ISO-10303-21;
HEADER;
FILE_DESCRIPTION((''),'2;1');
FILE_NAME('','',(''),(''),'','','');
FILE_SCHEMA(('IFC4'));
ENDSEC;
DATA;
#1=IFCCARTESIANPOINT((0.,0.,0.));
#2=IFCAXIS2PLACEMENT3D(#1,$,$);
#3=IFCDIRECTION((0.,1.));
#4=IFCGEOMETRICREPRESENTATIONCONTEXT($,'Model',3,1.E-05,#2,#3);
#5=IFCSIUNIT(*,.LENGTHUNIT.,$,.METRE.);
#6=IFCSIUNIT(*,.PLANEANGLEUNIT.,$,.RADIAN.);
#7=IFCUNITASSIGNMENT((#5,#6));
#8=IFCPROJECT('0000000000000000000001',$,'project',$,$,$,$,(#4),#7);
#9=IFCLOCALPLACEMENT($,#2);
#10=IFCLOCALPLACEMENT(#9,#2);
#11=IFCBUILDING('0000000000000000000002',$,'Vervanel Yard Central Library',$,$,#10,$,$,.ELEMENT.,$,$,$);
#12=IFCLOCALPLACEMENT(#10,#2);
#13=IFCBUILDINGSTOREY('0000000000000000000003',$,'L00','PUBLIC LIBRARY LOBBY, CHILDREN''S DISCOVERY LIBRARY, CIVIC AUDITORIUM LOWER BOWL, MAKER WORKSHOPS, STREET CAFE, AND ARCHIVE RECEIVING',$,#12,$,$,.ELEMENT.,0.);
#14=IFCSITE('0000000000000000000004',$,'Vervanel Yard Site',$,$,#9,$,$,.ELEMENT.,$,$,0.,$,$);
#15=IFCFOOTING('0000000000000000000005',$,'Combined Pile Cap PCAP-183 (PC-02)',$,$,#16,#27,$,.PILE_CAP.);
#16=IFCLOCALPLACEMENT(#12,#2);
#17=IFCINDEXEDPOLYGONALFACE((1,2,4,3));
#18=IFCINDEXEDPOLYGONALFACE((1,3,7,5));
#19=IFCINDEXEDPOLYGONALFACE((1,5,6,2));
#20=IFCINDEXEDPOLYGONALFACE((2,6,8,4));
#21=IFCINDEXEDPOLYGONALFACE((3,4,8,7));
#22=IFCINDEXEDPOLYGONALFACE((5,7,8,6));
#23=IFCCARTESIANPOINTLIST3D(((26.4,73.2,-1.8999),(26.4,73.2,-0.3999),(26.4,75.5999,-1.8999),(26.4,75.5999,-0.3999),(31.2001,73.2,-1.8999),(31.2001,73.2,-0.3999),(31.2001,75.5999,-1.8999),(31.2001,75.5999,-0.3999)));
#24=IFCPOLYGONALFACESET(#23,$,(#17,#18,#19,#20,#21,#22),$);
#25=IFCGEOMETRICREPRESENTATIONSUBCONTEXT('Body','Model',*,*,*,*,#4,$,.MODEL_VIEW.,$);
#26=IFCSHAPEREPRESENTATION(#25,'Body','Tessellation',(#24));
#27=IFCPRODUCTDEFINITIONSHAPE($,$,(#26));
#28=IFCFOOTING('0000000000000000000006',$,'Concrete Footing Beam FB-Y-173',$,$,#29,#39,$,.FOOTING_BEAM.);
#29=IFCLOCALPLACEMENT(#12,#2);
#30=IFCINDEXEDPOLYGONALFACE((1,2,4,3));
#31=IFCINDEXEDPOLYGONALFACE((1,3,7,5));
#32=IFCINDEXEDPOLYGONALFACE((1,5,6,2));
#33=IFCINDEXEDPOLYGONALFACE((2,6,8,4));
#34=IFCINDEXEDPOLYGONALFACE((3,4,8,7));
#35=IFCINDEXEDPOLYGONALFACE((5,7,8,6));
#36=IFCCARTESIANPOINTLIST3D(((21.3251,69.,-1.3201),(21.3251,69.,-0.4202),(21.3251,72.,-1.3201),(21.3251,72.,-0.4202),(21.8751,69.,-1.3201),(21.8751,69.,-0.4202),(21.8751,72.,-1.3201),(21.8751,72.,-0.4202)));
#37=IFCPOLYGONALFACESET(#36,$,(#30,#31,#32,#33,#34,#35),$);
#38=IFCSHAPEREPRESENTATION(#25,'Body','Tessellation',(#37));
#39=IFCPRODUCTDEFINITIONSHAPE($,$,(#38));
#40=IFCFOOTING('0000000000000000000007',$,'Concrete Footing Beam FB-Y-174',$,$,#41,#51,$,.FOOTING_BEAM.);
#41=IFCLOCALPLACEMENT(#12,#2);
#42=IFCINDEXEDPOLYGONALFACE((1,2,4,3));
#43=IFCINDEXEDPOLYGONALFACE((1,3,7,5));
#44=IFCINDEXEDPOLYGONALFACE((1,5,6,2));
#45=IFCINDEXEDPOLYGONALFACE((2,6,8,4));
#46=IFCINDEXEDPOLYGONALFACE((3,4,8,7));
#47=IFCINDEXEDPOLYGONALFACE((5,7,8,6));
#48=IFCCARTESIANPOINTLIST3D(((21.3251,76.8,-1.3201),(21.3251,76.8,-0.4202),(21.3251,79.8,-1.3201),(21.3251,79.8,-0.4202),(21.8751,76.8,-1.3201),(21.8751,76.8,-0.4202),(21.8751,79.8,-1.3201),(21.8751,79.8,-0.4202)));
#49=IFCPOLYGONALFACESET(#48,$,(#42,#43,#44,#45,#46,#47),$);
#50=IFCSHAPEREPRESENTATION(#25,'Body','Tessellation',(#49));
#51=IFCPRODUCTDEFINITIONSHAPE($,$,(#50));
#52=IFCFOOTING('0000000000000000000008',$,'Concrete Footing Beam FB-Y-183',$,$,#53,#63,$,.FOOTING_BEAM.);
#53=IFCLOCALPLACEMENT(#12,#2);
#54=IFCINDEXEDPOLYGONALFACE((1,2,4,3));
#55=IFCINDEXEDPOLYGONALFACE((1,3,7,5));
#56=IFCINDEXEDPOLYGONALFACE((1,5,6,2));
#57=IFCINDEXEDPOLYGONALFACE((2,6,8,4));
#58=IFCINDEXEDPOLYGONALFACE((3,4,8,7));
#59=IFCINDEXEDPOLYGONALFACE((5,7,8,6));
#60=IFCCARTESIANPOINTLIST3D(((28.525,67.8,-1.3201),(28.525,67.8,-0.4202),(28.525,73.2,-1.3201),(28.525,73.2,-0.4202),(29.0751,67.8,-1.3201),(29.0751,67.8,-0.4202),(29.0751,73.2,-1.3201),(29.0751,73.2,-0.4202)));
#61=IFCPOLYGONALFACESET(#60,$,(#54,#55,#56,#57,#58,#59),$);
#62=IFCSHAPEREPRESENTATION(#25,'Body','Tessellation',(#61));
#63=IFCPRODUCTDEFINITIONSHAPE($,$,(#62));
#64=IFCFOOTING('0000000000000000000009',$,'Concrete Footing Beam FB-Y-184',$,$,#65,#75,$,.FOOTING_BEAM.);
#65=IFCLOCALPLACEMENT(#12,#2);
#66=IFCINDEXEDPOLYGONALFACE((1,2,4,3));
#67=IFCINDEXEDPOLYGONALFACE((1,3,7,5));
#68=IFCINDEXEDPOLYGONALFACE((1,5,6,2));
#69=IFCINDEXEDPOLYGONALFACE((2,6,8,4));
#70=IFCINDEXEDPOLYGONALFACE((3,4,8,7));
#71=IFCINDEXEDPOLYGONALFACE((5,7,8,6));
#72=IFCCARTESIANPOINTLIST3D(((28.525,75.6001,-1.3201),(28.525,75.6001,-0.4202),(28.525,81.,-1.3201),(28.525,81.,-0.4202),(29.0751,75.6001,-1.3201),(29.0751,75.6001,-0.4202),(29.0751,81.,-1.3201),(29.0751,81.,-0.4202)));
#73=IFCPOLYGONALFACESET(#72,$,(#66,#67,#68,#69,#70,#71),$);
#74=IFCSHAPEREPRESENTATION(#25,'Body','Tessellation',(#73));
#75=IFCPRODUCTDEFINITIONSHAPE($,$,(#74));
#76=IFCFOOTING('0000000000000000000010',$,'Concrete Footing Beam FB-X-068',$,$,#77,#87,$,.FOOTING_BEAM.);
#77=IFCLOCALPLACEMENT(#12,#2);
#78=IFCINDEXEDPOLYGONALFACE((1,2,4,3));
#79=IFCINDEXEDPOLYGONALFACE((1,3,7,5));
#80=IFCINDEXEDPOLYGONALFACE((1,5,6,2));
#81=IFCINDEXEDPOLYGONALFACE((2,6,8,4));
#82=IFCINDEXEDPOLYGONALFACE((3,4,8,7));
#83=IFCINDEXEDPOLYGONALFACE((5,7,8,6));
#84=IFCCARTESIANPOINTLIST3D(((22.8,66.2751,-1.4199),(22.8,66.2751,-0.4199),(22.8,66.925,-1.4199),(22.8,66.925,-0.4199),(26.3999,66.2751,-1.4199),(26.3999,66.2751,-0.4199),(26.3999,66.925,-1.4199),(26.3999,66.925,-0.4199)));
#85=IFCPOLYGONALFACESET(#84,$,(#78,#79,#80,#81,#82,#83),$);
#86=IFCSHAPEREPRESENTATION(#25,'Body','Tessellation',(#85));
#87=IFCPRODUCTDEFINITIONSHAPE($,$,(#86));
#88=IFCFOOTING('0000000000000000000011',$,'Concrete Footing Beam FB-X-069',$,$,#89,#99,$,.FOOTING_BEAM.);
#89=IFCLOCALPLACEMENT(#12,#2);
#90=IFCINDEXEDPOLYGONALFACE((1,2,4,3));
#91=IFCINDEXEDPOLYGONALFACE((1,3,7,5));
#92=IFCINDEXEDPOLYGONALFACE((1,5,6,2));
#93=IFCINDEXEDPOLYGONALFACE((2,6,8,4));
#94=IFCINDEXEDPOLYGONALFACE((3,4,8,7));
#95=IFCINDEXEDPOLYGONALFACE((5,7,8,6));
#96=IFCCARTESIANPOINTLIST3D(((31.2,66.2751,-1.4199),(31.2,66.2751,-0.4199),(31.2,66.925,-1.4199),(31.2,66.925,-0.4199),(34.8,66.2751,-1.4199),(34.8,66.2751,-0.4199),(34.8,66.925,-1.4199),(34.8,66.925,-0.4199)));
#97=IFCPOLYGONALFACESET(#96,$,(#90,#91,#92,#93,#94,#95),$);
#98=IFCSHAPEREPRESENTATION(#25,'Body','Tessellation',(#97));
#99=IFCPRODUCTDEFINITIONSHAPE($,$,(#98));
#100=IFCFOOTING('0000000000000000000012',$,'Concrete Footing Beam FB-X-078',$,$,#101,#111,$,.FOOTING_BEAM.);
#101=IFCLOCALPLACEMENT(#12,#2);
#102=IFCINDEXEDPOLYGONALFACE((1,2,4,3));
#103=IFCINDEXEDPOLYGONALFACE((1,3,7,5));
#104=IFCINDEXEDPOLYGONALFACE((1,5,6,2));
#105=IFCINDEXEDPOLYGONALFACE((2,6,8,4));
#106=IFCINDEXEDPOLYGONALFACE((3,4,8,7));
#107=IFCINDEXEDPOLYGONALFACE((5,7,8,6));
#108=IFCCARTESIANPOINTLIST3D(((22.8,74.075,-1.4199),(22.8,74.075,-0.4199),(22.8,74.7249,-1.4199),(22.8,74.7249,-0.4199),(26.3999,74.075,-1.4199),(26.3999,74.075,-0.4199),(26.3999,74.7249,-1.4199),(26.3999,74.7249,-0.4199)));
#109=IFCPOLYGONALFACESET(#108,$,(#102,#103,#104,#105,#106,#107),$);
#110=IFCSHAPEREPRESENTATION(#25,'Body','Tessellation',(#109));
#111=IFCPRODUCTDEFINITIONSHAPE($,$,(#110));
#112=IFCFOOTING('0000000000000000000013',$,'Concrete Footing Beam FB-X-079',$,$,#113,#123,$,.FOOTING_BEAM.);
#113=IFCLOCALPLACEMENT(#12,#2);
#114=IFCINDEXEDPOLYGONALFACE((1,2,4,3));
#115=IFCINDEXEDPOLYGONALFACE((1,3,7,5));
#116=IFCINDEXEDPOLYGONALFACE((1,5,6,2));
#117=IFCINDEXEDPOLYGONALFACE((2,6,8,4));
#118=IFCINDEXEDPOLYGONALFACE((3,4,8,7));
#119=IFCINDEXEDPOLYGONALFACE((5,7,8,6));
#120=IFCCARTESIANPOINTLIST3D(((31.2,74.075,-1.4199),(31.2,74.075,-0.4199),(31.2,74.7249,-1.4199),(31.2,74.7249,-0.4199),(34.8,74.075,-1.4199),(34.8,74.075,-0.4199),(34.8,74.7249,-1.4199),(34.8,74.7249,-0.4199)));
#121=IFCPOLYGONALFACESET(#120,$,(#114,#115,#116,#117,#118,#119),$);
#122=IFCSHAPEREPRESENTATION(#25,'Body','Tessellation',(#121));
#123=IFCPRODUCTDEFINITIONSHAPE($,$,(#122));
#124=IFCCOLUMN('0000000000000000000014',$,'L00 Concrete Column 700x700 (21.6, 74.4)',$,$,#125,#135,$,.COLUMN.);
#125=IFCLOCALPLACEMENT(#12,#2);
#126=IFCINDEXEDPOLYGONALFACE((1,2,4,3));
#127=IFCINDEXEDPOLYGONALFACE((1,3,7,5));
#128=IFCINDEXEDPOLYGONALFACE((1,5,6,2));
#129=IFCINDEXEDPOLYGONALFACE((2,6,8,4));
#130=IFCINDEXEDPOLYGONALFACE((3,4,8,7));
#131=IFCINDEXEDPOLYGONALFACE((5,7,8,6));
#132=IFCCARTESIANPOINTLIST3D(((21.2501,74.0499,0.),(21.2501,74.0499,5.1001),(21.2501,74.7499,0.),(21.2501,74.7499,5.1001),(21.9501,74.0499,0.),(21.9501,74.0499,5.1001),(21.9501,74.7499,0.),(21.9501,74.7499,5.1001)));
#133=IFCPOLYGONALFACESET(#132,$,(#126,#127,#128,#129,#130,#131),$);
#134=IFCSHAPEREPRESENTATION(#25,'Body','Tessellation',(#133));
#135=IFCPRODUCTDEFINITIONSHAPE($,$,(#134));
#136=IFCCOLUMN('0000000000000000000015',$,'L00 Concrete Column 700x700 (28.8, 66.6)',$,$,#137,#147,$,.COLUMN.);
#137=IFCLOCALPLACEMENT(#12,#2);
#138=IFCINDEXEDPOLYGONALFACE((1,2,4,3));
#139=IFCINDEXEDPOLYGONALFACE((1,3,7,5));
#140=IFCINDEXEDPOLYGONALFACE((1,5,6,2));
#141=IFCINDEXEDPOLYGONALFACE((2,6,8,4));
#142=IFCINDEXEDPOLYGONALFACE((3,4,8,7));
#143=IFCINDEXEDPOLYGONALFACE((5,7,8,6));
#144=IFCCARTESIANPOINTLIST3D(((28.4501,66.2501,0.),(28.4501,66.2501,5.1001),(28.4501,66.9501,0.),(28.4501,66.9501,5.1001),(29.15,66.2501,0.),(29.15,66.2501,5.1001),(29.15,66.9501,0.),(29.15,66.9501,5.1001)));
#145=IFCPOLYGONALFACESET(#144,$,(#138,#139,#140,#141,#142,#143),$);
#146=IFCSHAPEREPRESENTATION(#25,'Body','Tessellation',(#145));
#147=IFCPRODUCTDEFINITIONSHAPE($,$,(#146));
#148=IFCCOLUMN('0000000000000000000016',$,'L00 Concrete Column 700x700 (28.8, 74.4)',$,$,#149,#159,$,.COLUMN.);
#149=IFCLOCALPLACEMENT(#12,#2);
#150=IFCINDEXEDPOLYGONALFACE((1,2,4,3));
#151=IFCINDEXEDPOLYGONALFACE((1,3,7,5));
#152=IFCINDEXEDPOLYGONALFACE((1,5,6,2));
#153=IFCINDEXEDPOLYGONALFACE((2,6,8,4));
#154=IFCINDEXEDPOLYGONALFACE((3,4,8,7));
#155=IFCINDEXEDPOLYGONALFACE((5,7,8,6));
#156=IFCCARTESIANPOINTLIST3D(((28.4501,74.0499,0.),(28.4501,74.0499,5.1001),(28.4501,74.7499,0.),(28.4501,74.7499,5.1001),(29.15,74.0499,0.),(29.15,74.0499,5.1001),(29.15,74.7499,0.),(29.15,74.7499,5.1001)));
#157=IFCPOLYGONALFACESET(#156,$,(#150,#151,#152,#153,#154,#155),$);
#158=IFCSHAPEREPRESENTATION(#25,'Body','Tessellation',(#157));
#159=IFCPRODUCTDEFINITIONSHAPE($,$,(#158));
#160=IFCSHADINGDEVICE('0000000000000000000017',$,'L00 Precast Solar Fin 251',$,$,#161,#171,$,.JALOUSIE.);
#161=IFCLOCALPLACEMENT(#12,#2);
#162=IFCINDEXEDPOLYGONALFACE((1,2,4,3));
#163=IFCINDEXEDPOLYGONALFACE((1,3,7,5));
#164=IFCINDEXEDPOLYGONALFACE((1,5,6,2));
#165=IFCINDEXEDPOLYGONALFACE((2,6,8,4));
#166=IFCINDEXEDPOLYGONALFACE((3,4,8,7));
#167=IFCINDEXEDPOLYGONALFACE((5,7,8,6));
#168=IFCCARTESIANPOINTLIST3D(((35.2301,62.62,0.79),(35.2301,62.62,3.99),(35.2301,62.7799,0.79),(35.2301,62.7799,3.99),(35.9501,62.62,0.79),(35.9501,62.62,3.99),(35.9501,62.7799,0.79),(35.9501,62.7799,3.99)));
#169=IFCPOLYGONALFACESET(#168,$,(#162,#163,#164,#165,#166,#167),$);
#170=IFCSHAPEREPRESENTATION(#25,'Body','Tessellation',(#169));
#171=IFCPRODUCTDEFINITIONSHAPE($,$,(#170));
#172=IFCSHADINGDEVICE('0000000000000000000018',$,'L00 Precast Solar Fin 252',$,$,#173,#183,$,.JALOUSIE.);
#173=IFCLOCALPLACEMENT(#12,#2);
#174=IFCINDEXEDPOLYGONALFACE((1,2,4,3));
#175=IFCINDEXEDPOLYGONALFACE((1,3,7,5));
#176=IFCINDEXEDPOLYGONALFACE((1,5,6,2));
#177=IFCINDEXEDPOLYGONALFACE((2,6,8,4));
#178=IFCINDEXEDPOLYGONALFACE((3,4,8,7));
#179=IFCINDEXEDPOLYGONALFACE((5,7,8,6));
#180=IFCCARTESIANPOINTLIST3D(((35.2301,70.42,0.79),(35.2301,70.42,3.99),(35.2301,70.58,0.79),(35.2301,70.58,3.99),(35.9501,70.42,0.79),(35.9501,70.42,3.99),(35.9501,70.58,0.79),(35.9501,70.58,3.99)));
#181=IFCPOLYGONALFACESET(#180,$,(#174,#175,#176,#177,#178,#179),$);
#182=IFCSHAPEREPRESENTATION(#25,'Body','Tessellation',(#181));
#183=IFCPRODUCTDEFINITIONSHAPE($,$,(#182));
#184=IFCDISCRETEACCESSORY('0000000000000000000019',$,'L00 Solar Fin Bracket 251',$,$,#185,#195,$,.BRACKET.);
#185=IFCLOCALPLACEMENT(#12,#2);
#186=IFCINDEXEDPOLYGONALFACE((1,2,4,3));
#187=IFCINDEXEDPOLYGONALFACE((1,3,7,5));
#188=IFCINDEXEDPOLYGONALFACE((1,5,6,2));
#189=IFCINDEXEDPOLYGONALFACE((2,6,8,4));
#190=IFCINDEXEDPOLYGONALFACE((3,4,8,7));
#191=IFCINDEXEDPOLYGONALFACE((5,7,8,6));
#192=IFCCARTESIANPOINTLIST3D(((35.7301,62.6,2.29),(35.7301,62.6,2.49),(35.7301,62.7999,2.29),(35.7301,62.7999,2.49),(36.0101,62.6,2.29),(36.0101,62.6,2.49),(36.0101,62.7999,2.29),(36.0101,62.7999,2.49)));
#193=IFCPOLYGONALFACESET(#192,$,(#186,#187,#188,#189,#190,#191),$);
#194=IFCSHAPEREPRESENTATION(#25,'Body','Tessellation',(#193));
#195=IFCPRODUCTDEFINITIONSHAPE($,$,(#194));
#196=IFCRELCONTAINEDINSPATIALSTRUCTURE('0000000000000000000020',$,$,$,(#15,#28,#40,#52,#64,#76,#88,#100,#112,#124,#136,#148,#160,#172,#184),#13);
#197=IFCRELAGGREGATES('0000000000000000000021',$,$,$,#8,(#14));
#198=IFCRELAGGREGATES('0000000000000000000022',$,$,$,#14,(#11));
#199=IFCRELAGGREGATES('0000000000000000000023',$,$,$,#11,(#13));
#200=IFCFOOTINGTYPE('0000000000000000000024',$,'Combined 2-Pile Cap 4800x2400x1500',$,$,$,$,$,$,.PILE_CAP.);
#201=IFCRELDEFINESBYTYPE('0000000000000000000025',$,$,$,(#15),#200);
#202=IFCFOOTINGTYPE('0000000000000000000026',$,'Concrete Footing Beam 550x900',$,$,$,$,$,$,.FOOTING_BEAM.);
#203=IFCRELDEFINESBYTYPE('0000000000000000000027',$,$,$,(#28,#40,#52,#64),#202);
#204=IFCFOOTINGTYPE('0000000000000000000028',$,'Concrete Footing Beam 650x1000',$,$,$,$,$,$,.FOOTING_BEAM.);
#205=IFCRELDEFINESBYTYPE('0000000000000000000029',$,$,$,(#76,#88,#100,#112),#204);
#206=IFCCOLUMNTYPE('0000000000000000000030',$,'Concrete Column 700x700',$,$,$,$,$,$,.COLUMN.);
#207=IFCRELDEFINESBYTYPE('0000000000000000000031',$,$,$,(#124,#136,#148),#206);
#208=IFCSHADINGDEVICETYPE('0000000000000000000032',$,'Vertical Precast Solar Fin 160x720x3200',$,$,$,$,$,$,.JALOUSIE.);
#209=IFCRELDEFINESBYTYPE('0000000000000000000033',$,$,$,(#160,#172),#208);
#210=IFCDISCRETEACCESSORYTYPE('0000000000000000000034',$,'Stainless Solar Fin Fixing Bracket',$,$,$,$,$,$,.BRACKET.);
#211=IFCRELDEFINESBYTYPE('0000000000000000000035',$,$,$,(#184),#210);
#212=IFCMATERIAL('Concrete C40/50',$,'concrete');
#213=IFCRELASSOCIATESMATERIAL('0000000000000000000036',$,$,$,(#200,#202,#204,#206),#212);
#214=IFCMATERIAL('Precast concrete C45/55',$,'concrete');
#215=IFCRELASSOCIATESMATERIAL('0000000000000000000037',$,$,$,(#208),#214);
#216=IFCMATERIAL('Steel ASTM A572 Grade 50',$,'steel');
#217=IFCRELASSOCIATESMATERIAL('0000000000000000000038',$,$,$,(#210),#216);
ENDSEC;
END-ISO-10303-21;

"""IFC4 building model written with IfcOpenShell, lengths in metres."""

from ifc_helpers import new_model, si_unit, direction, frame, origin, origin_2d, place, context, subcontext, project, spatial, rectangle, extrude, material, material_profile, profile_set, type_object, element, save


model = new_model("IFC4")

# Units and contexts
model_context = context("Model", 3, precision=1e-05, world=origin(), true_north=direction((0.0, 1.0)))
body_context = subcontext(model_context, "Body", "Model", "MODEL_VIEW")
ifc_project = project(units=[si_unit("LENGTHUNIT", "METRE"), si_unit("PLANEANGLEUNIT", "RADIAN")], contexts=[model_context])

# Site, building, storey
site_placement = place(None, origin())
site = spatial("IfcSite", under=ifc_project, at=site_placement, Name="Vervanel Yard Site", CompositionType="ELEMENT", RefElevation=0.0)
building_placement = place(site_placement, origin())
building = spatial("IfcBuilding", under=site, at=building_placement, Name="Vervanel Yard Central Library", CompositionType="ELEMENT")
storey_placement = place(building_placement, origin())
storey = spatial("IfcBuildingStorey", under=building, at=storey_placement, Name="L00", Description="PUBLIC LIBRARY LOBBY, CHILDREN'S DISCOVERY LIBRARY, CIVIC AUDITORIUM LOWER BOWL, MAKER WORKSHOPS, STREET CAFE, AND ARCHIVE RECEIVING", CompositionType="ELEMENT", Elevation=0.0)

# Shared definitions
ifc_material_1 = material(Name="Concrete C40/50", Category="concrete")

# Footings
footing_type_1 = type_object("IfcFootingType", Name="Combined 2-Pile Cap 4800x2400x1500", PredefinedType="PILE_CAP", material=ifc_material_1)
for number, where, z_axis, x_axis, name in (
    (1, (28.8, 74.3999, -1.8999), (0.0, 0.0, 1.0), (1.0, 0.0, 0.0), "Combined Pile Cap PCAP-183 (PC-02)"),
):
    element("IfcFooting", number, at=place(storey_placement, frame(where, z_axis=z_axis, x_axis=x_axis)), inside=storey, type_object=footing_type_1, Name=name, PredefinedType="PILE_CAP", context=body_context, shape_type="SweptSolid", body=[
        extrude(rectangle(XDim=4.8, YDim=2.3999, at=origin_2d()), origin(), (0.0, 0.0, 1.0), 1.5),
    ])
ifc_material_profile_1 = material_profile(ifc_material_1, rectangle(XDim=0.55, YDim=0.8999, at=origin_2d()), Name="RC 550x900", Category="concrete")
ifc_profile_set_1 = profile_set([ifc_material_profile_1], Name="Concrete C40/50")
footing_type_2 = type_object("IfcFootingType", Name="Concrete Footing Beam 550x900", PredefinedType="FOOTING_BEAM", material=ifc_profile_set_1)
for number, where, z_axis, x_axis, name in (
    (2, (21.6001, 69.0, -0.8701), (0.0, 1.0, 0.0), (-1.0, 0.0, 0.0), "Concrete Footing Beam FB-Y-173"),
    (3, (21.6001, 76.8, -0.8701), (0.0, 1.0, 0.0), (-1.0, 0.0, 0.0), "Concrete Footing Beam FB-Y-174"),
):
    element("IfcFooting", number, at=place(storey_placement, frame(where, z_axis=z_axis, x_axis=x_axis)), inside=storey, type_object=footing_type_2, Name=name, PredefinedType="FOOTING_BEAM", context=body_context, shape_type="SweptSolid", body=[
        extrude(rectangle(XDim=0.55, YDim=0.8999, at=origin_2d()), origin(), (0.0, 0.0, 1.0), 3.0),
    ])
for number, where, z_axis, x_axis, name in (
    (4, (28.8, 67.8, -0.8701), (0.0, 1.0, 0.0), (-1.0, 0.0, 0.0), "Concrete Footing Beam FB-Y-183"),
    (5, (28.8, 75.6001, -0.8701), (0.0, 1.0, 0.0), (-1.0, 0.0, 0.0), "Concrete Footing Beam FB-Y-184"),
):
    element("IfcFooting", number, at=place(storey_placement, frame(where, z_axis=z_axis, x_axis=x_axis)), inside=storey, type_object=footing_type_2, Name=name, PredefinedType="FOOTING_BEAM", context=body_context, shape_type="SweptSolid", body=[
        extrude(rectangle(XDim=0.55, YDim=0.8999, at=origin_2d()), origin(), (0.0, 0.0, 1.0), 5.3999),
    ])
ifc_material_profile_2 = material_profile(ifc_material_1, rectangle(XDim=0.6499, YDim=1.0, at=origin_2d()), Name="RC 650x1000", Category="concrete")
ifc_profile_set_2 = profile_set([ifc_material_profile_2], Name="Concrete C40/50")
footing_type_3 = type_object("IfcFootingType", Name="Concrete Footing Beam 650x1000", PredefinedType="FOOTING_BEAM", material=ifc_profile_set_2)
footing_1_placement = place(storey_placement, frame((22.8, 66.6001, -0.9199), z_axis=(1.0, 0.0, 0.0), x_axis=(0.0, 1.0, 0.0)))
element("IfcFooting", 6, at=footing_1_placement, inside=storey, type_object=footing_type_3, Name="Concrete Footing Beam FB-X-068", PredefinedType="FOOTING_BEAM", context=body_context, shape_type="SweptSolid", body=[
    extrude(rectangle(XDim=0.6499, YDim=1.0, at=origin_2d()), origin(), (0.0, 0.0, 1.0), 3.5999),
])
footing_2_placement = place(storey_placement, frame((31.2, 66.6001, -0.9199), z_axis=(1.0, 0.0, 0.0), x_axis=(0.0, 1.0, 0.0)))
element("IfcFooting", 7, at=footing_2_placement, inside=storey, type_object=footing_type_3, Name="Concrete Footing Beam FB-X-069", PredefinedType="FOOTING_BEAM", context=body_context, shape_type="SweptSolid", body=[
    extrude(rectangle(XDim=0.6499, YDim=1.0, at=origin_2d()), origin(), (0.0, 0.0, 1.0), 3.6001),
])
footing_3_placement = place(storey_placement, frame((22.8, 74.3999, -0.9199), z_axis=(1.0, 0.0, 0.0), x_axis=(0.0, 1.0, 0.0)))
element("IfcFooting", 8, at=footing_3_placement, inside=storey, type_object=footing_type_3, Name="Concrete Footing Beam FB-X-078", PredefinedType="FOOTING_BEAM", context=body_context, shape_type="SweptSolid", body=[
    extrude(rectangle(XDim=0.6499, YDim=1.0, at=origin_2d()), origin(), (0.0, 0.0, 1.0), 3.5999),
])
footing_4_placement = place(storey_placement, frame((31.2, 74.3999, -0.9199), z_axis=(1.0, 0.0, 0.0), x_axis=(0.0, 1.0, 0.0)))
element("IfcFooting", 9, at=footing_4_placement, inside=storey, type_object=footing_type_3, Name="Concrete Footing Beam FB-X-079", PredefinedType="FOOTING_BEAM", context=body_context, shape_type="SweptSolid", body=[
    extrude(rectangle(XDim=0.6499, YDim=1.0, at=origin_2d()), origin(), (0.0, 0.0, 1.0), 3.6001),
])

# Columns
ifc_material_profile_3 = material_profile(ifc_material_1, rectangle(XDim=0.7, YDim=0.7, at=origin_2d()), Name="RC 700x700", Category="concrete")
ifc_profile_set_3 = profile_set([ifc_material_profile_3], Name="Concrete C40/50")
column_type = type_object("IfcColumnType", Name="Concrete Column 700x700", PredefinedType="COLUMN", material=ifc_profile_set_3)
for number, where, z_axis, x_axis, name in (
    (10, (21.6001, 74.3999, 0.0), (0.0, 0.0, 1.0), (1.0, 0.0, 0.0), "L00 Concrete Column 700x700 (21.6, 74.4)"),
    (11, (28.8, 66.6001, 0.0), (0.0, 0.0, 1.0), (1.0, 0.0, 0.0), "L00 Concrete Column 700x700 (28.8, 66.6)"),
    (12, (28.8, 74.3999, 0.0), (0.0, 0.0, 1.0), (1.0, 0.0, 0.0), "L00 Concrete Column 700x700 (28.8, 74.4)"),
):
    element("IfcColumn", number, at=place(storey_placement, frame(where, z_axis=z_axis, x_axis=x_axis)), inside=storey, type_object=column_type, Name=name, PredefinedType="COLUMN", context=body_context, shape_type="SweptSolid", body=[
        extrude(rectangle(XDim=0.7, YDim=0.7, at=origin_2d()), origin(), (0.0, 0.0, 1.0), 5.1001),
    ])

# Shading devices
ifc_material_2 = material(Name="Precast concrete C45/55", Category="concrete")
shading_device_type = type_object("IfcShadingDeviceType", Name="Vertical Precast Solar Fin 160x720x3200", PredefinedType="JALOUSIE", material=ifc_material_2)
for number, where, z_axis, x_axis, name in (
    (13, (35.5901, 62.7, 0.79), (0.0, 0.0, 1.0), (0.0, 1.0, 0.0), "L00 Precast Solar Fin 251"),
    (14, (35.5901, 70.5, 0.79), (0.0, 0.0, 1.0), (0.0, 1.0, 0.0), "L00 Precast Solar Fin 252"),
):
    element("IfcShadingDevice", number, at=place(storey_placement, frame(where, z_axis=z_axis, x_axis=x_axis)), inside=storey, type_object=shading_device_type, Name=name, PredefinedType="JALOUSIE", context=body_context, shape_type="SweptSolid", body=[
        extrude(rectangle(XDim=0.1599, YDim=0.72, at=origin_2d()), origin(), (0.0, 0.0, 1.0), 3.2),
    ])

# Discrete accessory
ifc_material_3 = material(Name="Steel ASTM A572 Grade 50", Category="steel")
discrete_accessory_type = type_object("IfcDiscreteAccessoryType", Name="Stainless Solar Fin Fixing Bracket", PredefinedType="BRACKET", material=ifc_material_3)
for number, where, z_axis, x_axis, name in (
    (15, (35.8701, 62.7, 2.29), (0.0, 0.0, 1.0), (0.0, 1.0, 0.0), "L00 Solar Fin Bracket 251"),
):
    element("IfcDiscreteAccessory", number, at=place(storey_placement, frame(where, z_axis=z_axis, x_axis=x_axis)), inside=storey, type_object=discrete_accessory_type, Name=name, PredefinedType="BRACKET", context=body_context, shape_type="SweptSolid", body=[
        extrude(rectangle(XDim=0.2, YDim=0.28, at=origin_2d()), origin(), (0.0, 0.0, 1.0), 0.2),
    ])

save(model, "model.ifc")
